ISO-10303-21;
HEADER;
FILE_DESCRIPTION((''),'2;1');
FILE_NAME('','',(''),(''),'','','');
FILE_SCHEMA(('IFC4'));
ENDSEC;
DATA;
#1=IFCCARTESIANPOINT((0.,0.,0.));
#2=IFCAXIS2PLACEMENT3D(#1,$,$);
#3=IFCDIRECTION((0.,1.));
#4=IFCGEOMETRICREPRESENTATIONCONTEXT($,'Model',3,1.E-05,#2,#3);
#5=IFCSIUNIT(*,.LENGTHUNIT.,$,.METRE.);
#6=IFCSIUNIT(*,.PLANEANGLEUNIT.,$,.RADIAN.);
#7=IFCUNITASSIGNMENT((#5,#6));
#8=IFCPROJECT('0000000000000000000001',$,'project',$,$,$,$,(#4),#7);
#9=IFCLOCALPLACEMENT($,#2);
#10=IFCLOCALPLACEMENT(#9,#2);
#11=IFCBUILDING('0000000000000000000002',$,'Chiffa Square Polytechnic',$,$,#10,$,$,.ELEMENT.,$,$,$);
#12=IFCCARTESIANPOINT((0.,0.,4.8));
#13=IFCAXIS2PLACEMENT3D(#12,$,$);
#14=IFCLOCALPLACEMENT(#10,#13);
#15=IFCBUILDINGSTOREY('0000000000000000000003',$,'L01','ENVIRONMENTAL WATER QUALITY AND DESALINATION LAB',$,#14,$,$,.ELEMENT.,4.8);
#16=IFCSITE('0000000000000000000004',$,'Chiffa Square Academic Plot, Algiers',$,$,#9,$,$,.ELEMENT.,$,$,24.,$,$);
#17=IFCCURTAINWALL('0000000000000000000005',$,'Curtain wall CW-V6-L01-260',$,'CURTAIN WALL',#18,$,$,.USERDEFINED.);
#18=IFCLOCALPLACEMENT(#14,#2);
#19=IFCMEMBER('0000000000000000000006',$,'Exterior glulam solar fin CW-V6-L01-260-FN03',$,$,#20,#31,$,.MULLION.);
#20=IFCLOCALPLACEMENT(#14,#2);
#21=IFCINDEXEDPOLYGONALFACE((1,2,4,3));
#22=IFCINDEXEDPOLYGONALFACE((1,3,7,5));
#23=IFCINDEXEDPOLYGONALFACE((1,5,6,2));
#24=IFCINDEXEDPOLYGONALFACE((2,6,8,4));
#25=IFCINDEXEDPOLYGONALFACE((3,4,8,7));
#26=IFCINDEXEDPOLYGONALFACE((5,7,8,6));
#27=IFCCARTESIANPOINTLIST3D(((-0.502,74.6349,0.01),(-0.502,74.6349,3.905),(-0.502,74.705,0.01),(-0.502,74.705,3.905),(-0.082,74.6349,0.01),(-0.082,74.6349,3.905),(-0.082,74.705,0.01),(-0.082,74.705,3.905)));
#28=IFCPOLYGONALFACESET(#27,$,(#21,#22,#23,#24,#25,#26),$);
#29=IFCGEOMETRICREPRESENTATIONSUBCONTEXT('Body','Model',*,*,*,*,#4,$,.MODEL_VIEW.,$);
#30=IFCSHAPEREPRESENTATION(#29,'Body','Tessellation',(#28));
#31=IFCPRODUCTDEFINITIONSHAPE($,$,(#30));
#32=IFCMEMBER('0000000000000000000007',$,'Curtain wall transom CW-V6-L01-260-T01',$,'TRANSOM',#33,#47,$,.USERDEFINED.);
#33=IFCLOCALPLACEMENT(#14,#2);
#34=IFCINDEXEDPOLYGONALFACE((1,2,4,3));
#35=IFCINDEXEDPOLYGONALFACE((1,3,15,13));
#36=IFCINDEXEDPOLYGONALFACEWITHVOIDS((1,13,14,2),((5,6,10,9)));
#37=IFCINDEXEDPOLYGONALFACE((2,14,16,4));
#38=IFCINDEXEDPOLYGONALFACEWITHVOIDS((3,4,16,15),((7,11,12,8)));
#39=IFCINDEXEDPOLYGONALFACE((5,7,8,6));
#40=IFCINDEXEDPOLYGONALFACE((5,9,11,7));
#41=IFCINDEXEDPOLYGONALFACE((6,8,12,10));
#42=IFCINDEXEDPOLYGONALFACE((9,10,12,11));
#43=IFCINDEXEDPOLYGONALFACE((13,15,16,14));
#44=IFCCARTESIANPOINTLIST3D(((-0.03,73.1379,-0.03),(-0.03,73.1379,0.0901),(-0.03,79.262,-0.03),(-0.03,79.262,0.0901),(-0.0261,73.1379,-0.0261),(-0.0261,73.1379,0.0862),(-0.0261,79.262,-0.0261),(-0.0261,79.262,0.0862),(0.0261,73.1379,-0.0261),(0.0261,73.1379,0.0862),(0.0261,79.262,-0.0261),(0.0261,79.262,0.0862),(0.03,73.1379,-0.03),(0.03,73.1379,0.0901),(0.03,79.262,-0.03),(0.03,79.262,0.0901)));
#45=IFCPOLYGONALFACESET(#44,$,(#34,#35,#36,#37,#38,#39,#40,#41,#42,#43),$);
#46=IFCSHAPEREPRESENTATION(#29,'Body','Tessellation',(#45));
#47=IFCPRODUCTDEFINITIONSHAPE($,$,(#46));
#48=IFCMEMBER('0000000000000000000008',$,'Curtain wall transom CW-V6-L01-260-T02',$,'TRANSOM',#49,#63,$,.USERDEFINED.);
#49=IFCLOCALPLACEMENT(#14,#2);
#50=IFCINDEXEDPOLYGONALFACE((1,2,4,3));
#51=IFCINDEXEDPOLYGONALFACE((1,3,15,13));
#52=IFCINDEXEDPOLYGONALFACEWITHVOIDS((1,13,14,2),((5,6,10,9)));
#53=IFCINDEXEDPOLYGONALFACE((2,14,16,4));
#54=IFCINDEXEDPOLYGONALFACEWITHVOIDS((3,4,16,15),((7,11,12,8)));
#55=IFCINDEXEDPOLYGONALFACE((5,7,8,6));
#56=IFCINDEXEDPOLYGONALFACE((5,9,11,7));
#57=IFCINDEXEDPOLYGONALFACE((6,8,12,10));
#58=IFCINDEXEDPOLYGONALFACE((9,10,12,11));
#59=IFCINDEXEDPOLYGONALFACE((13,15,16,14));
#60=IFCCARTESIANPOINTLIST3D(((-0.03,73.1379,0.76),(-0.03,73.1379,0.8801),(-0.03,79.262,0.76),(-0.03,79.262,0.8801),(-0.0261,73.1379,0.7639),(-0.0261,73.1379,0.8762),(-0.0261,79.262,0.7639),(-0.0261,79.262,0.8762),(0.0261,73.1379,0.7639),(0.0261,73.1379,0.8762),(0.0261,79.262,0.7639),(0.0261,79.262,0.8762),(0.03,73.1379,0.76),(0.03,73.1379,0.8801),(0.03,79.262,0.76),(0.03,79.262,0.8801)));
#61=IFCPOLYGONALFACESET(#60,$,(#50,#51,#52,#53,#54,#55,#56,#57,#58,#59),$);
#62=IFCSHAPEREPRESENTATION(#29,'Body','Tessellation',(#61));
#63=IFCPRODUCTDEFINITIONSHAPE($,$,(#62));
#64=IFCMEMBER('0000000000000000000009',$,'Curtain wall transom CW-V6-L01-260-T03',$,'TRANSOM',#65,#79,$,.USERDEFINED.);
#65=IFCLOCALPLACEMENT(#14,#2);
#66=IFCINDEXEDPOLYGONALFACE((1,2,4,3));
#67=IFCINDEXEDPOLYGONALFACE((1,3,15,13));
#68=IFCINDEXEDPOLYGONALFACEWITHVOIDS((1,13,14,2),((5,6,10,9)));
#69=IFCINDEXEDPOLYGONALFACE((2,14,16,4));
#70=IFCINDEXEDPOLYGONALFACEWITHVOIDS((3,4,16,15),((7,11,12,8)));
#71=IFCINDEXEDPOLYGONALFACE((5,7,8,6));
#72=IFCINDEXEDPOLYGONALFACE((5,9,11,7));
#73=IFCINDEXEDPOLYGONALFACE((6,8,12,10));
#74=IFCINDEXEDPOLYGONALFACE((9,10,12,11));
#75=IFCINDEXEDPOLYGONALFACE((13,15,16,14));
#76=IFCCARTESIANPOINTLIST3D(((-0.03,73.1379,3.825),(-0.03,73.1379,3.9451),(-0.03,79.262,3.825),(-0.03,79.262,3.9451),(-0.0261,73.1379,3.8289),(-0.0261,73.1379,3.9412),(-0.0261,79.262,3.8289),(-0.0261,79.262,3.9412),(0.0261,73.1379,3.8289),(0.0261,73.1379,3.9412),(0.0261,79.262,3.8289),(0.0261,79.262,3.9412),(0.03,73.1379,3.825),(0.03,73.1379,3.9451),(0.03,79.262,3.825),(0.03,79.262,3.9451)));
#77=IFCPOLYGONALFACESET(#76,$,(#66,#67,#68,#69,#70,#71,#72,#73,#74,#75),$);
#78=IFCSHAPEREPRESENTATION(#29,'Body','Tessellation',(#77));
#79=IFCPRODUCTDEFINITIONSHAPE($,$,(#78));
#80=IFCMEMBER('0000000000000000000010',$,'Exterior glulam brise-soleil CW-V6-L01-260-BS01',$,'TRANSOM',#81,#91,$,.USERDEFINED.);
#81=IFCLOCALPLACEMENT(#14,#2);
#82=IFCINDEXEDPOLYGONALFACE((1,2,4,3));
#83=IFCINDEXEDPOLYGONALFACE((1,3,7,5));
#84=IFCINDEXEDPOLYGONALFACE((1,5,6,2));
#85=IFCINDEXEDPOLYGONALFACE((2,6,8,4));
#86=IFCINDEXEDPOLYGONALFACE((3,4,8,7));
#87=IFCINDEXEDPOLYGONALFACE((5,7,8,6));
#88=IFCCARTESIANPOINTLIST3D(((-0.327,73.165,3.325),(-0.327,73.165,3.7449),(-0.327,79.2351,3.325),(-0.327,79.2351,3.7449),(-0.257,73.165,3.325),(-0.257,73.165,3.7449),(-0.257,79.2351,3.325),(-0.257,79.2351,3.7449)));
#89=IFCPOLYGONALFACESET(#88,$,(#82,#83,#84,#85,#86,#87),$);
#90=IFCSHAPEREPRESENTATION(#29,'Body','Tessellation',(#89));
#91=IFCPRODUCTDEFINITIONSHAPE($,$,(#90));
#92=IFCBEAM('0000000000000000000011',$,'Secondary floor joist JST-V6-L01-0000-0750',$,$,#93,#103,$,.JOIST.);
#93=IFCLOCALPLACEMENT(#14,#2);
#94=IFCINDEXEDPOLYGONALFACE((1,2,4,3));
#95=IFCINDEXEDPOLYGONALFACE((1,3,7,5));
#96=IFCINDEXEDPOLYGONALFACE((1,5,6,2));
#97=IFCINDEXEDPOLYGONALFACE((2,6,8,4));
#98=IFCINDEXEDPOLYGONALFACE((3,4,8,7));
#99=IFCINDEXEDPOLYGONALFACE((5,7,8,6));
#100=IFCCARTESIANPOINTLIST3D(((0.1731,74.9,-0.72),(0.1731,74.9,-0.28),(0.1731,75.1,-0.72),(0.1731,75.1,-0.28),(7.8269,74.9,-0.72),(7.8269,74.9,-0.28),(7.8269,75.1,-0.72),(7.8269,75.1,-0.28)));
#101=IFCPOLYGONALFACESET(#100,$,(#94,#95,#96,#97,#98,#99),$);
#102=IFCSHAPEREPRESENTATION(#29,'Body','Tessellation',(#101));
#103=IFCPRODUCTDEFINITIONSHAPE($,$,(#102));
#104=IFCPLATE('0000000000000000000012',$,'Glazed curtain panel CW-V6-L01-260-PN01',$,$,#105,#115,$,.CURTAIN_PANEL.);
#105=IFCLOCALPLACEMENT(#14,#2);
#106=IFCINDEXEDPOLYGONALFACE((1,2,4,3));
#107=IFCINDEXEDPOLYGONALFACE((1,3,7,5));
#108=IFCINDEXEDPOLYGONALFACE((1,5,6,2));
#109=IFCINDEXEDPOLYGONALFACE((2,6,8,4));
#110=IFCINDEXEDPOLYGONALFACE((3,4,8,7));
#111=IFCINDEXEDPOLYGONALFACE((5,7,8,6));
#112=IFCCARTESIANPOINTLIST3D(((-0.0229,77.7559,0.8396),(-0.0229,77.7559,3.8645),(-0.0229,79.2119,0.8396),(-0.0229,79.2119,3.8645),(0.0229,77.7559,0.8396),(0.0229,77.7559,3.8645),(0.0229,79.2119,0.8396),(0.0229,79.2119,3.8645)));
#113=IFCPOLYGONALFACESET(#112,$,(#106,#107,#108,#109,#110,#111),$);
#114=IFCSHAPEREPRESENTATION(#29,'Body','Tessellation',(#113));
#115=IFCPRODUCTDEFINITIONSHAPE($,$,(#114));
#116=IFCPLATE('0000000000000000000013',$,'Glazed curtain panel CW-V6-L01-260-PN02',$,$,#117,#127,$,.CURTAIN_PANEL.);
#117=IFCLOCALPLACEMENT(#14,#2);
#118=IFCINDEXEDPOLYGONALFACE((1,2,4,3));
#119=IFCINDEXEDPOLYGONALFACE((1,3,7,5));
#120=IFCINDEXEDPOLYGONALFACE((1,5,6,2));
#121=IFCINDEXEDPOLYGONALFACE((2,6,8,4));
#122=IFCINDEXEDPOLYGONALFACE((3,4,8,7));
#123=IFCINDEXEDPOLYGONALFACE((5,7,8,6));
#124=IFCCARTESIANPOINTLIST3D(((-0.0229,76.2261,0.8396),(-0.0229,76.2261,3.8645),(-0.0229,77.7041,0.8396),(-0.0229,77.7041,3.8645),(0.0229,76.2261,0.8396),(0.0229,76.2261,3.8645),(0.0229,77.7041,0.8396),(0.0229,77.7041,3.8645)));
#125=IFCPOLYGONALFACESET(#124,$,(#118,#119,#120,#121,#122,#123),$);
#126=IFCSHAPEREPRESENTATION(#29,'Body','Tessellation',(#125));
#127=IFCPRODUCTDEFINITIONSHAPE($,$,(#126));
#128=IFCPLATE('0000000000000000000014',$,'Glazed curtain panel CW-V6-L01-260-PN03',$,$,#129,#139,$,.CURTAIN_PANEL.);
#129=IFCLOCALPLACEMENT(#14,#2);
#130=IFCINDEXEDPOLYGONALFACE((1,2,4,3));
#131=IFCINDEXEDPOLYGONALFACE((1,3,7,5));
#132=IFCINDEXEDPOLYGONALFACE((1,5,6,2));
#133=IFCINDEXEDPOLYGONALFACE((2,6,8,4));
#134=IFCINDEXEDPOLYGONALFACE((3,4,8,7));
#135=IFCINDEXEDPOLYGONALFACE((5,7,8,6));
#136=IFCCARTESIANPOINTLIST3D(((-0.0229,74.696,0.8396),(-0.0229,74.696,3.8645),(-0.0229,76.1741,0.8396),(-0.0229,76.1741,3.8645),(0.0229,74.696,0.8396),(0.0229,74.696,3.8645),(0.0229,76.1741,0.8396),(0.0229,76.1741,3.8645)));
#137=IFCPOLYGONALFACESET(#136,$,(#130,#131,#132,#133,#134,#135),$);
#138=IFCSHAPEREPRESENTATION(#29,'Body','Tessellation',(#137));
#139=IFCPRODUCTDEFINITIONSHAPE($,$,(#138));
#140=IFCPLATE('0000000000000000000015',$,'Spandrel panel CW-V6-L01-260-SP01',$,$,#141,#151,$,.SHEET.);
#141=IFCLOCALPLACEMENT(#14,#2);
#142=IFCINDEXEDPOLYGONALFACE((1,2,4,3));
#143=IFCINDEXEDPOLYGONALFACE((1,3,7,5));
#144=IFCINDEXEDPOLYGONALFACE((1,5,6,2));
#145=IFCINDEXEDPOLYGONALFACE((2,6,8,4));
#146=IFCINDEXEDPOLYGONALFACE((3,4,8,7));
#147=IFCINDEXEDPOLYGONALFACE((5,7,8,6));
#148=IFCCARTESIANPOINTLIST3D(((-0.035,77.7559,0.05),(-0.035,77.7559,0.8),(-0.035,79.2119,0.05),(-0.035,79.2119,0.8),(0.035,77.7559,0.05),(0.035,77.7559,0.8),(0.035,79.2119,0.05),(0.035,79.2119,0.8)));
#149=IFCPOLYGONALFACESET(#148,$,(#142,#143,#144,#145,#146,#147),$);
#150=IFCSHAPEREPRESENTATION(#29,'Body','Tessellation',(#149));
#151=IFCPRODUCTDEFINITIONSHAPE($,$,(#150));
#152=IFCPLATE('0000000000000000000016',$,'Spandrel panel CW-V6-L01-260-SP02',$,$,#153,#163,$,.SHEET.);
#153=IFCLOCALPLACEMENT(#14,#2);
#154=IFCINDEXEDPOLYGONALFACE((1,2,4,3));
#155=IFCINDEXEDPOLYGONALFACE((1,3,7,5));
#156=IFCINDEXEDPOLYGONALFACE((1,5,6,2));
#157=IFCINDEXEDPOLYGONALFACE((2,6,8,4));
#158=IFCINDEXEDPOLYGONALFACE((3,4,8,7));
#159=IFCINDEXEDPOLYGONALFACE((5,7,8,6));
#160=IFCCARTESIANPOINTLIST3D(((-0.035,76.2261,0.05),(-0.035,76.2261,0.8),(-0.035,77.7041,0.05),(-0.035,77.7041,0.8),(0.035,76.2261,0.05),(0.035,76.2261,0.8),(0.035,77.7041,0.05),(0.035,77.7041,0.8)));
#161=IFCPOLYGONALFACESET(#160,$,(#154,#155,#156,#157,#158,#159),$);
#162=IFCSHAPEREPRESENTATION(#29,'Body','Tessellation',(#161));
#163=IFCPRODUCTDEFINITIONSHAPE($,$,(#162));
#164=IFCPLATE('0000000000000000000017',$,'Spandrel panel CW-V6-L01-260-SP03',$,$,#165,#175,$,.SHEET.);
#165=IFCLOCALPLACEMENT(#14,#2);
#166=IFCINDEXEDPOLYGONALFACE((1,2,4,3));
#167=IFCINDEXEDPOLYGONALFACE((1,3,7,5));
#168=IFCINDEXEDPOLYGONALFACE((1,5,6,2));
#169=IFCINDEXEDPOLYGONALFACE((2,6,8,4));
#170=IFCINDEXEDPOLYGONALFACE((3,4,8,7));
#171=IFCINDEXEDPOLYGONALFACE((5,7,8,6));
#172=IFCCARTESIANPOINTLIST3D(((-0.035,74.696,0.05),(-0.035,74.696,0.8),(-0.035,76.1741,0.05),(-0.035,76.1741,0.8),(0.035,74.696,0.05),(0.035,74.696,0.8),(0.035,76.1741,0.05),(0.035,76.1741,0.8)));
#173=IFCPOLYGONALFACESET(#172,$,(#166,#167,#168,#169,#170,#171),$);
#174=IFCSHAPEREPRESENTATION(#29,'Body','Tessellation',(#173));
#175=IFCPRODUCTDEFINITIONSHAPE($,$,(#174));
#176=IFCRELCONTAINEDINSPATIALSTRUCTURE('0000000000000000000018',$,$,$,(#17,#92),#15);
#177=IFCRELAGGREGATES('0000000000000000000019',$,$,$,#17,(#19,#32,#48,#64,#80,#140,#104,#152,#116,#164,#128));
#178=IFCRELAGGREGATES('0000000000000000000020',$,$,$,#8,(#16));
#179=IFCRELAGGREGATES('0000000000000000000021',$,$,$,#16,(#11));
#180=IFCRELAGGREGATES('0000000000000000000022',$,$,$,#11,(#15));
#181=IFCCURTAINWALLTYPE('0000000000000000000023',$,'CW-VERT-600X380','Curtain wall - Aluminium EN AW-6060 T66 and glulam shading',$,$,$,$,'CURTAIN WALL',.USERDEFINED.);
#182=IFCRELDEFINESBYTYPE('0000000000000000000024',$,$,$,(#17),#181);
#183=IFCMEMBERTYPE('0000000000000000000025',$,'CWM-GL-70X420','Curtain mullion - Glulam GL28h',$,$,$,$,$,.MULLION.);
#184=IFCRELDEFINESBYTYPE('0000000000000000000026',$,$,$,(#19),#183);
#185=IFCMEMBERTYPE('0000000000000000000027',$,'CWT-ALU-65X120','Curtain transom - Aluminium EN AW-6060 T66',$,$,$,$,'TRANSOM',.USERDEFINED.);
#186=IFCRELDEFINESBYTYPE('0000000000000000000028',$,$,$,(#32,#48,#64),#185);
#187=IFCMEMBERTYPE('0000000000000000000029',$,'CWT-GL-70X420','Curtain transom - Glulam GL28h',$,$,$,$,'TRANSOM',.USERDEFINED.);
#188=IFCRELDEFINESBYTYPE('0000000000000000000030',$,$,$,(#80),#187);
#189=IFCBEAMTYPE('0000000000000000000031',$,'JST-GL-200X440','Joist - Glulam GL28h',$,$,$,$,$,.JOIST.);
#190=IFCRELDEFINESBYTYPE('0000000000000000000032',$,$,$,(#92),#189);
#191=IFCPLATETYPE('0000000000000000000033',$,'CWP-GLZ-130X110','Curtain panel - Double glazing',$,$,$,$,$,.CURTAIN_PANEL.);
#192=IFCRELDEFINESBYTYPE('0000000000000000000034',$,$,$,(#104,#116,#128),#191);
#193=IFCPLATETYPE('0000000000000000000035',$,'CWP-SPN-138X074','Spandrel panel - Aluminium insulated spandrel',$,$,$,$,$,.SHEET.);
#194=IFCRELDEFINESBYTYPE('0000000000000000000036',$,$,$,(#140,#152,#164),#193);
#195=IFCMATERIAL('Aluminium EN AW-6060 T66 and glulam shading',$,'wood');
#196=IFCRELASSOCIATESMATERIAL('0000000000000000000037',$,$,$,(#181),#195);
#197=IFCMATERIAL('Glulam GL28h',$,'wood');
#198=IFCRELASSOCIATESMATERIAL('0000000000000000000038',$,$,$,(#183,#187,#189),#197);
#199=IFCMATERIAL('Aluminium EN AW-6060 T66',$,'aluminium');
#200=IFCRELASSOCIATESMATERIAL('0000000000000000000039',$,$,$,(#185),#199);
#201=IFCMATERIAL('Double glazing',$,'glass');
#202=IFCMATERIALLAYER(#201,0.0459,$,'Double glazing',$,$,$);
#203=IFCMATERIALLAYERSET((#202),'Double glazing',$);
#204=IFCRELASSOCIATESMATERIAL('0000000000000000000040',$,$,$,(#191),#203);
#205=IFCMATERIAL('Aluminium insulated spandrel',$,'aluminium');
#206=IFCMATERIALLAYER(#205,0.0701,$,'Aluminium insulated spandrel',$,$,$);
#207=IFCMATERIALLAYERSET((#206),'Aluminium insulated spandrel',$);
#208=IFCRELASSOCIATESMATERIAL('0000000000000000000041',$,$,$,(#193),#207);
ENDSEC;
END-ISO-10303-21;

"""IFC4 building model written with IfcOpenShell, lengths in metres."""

from ifc_helpers import new_model, si_unit, direction, frame, origin, origin_2d, place, context, subcontext, project, spatial, rectangle, hollow_rectangle, extrude, material, layer, layer_set, material_profile, profile_set, type_object, element, aggregate, save


model = new_model("IFC4")

# Units and contexts
model_context = context("Model", 3, precision=1e-05, world=origin(), true_north=direction((0.0, 1.0)))
body_context = subcontext(model_context, "Body", "Model", "MODEL_VIEW")
ifc_project = project(units=[si_unit("LENGTHUNIT", "METRE"), si_unit("PLANEANGLEUNIT", "RADIAN")], contexts=[model_context])

# Site, building, storey
site_placement = place(None, origin())
site = spatial("IfcSite", under=ifc_project, at=site_placement, Name="Chiffa Square Academic Plot, Algiers", CompositionType="ELEMENT", RefElevation=24.0)
building_placement = place(site_placement, origin())
building = spatial("IfcBuilding", under=site, at=building_placement, Name="Chiffa Square Polytechnic", CompositionType="ELEMENT")
storey_placement = place(building_placement, frame((0.0, 0.0, 4.8)))
storey = spatial("IfcBuildingStorey", under=building, at=storey_placement, Name="L01", Description="ENVIRONMENTAL WATER QUALITY AND DESALINATION LAB", CompositionType="ELEMENT", Elevation=4.8)

# Curtain wall, members
ifc_material_1 = material(Name="Aluminium EN AW-6060 T66 and glulam shading", Category="wood")
curtain_wall_type = type_object("IfcCurtainWallType", Name="CW-VERT-600X380", Description="Curtain wall - Aluminium EN AW-6060 T66 and glulam shading", ElementType="CURTAIN WALL", PredefinedType="USERDEFINED", material=ifc_material_1)
curtain_wall_placement = place(storey_placement, origin())
curtain_wall = element("IfcCurtainWall", 1, at=curtain_wall_placement, inside=storey, type_object=curtain_wall_type, Name="Curtain wall CW-V6-L01-260", ObjectType="CURTAIN WALL", PredefinedType="USERDEFINED")
ifc_material_2 = material(Name="Aluminium EN AW-6060 T66", Category="aluminium")
ifc_material_3 = material(Name="Glulam GL28h", Category="wood")
ifc_material_profile_1 = material_profile(ifc_material_3, rectangle(XDim=0.0701, YDim=0.4199, at=origin_2d()), Name="GL28h 70x420")
ifc_profile_set_1 = profile_set([ifc_material_profile_1], Name="Glulam GL28h")
member_type_1 = type_object("IfcMemberType", Name="CWM-GL-70X420", Description="Curtain mullion - Glulam GL28h", PredefinedType="MULLION", material=ifc_profile_set_1)
member_1_placement = place(storey_placement, frame((-0.292, 74.6699, 0.01), z_axis=(0.0, 0.0, 1.0), x_axis=(0.0, -1.0, 0.0)))
member_1 = element("IfcMember", 2, at=member_1_placement, type_object=member_type_1, Name="Exterior glulam solar fin CW-V6-L01-260-FN03", PredefinedType="MULLION", context=body_context, shape_type="SweptSolid", body=[
    extrude(rectangle(XDim=0.0701, YDim=0.4199, at=origin_2d()), origin(), (0.0, 0.0, 1.0), 3.895),
])
ifc_material_profile_2 = material_profile(ifc_material_2, hollow_rectangle(XDim=0.0601, YDim=0.1201, WallThickness=0.0039, at=origin_2d()), Name="ALU 60x120x4")
ifc_profile_set_2 = profile_set([ifc_material_profile_2], Name="Aluminium EN AW-6060 T66")
member_type_2 = type_object("IfcMemberType", Name="CWT-ALU-65X120", Description="Curtain transom - Aluminium EN AW-6060 T66", ElementType="TRANSOM", PredefinedType="USERDEFINED", material=ifc_profile_set_2)
member_2_placement = place(storey_placement, frame((0.0, 79.262, 0.03), z_axis=(0.0, -1.0, 0.0), x_axis=(1.0, 0.0, 0.0)))
member_2 = element("IfcMember", 3, at=member_2_placement, type_object=member_type_2, Name="Curtain wall transom CW-V6-L01-260-T01", ObjectType="TRANSOM", PredefinedType="USERDEFINED", context=body_context, shape_type="SweptSolid", body=[
    extrude(hollow_rectangle(XDim=0.0601, YDim=0.1201, WallThickness=0.0039, at=origin_2d()), origin(), (0.0, 0.0, 1.0), 6.124),
])
member_3_placement = place(storey_placement, frame((0.0, 79.262, 0.8201), z_axis=(0.0, -1.0, 0.0), x_axis=(1.0, 0.0, 0.0)))
member_3 = element("IfcMember", 4, at=member_3_placement, type_object=member_type_2, Name="Curtain wall transom CW-V6-L01-260-T02", ObjectType="TRANSOM", PredefinedType="USERDEFINED", context=body_context, shape_type="SweptSolid", body=[
    extrude(hollow_rectangle(XDim=0.0601, YDim=0.1201, WallThickness=0.0039, at=origin_2d()), origin(), (0.0, 0.0, 1.0), 6.124),
])
member_4_placement = place(storey_placement, frame((0.0, 79.262, 3.885), z_axis=(0.0, -1.0, 0.0), x_axis=(1.0, 0.0, 0.0)))
member_4 = element("IfcMember", 5, at=member_4_placement, type_object=member_type_2, Name="Curtain wall transom CW-V6-L01-260-T03", ObjectType="TRANSOM", PredefinedType="USERDEFINED", context=body_context, shape_type="SweptSolid", body=[
    extrude(hollow_rectangle(XDim=0.0601, YDim=0.1201, WallThickness=0.0039, at=origin_2d()), origin(), (0.0, 0.0, 1.0), 6.124),
])
ifc_material_profile_3 = material_profile(ifc_material_3, rectangle(XDim=0.0701, YDim=0.4199, at=origin_2d()), Name="GL28h 70x420")
ifc_profile_set_3 = profile_set([ifc_material_profile_3], Name="Glulam GL28h")
member_type_3 = type_object("IfcMemberType", Name="CWT-GL-70X420", Description="Curtain transom - Glulam GL28h", ElementType="TRANSOM", PredefinedType="USERDEFINED", material=ifc_profile_set_3)
member_5_placement = place(storey_placement, frame((-0.292, 79.2351, 3.5349), z_axis=(0.0, -1.0, 0.0), x_axis=(1.0, 0.0, 0.0)))
member_5 = element("IfcMember", 6, at=member_5_placement, type_object=member_type_3, Name="Exterior glulam brise-soleil CW-V6-L01-260-BS01", ObjectType="TRANSOM", PredefinedType="USERDEFINED", context=body_context, shape_type="SweptSolid", body=[
    extrude(rectangle(XDim=0.0701, YDim=0.4199, at=origin_2d()), origin(), (0.0, 0.0, 1.0), 6.0701),
])

# Beam
ifc_material_profile_4 = material_profile(ifc_material_3, rectangle(XDim=0.2, YDim=0.4399, at=origin_2d()), Name="GL28h 200x440")
ifc_profile_set_4 = profile_set([ifc_material_profile_4], Name="Glulam GL28h")
beam_type_1 = type_object("IfcBeamType", Name="JST-GL-200X440", Description="Joist - Glulam GL28h", PredefinedType="JOIST", material=ifc_profile_set_4)
beam_placement = place(storey_placement, frame((0.1731, 75.0, -0.5), z_axis=(1.0, 0.0, 0.0), x_axis=(0.0, 1.0, 0.0)))
element("IfcBeam", 7, at=beam_placement, inside=storey, type_object=beam_type_1, Name="Secondary floor joist JST-V6-L01-0000-0750", PredefinedType="JOIST", context=body_context, shape_type="SweptSolid", body=[
    extrude(rectangle(XDim=0.2, YDim=0.4399, at=origin_2d()), origin(), (0.0, 0.0, 1.0), 7.6538),
])

# Plates
ifc_material_4 = material(Name="Double glazing", Category="glass")
ifc_layer_1 = layer(ifc_material_4, 0.0459, Name="Double glazing")
ifc_layer_set_1 = layer_set([ifc_layer_1], Name="Double glazing")
plate_type_1 = type_object("IfcPlateType", Name="CWP-GLZ-130X110", Description="Curtain panel - Double glazing", PredefinedType="CURTAIN_PANEL", material=ifc_layer_set_1)
plate_1_placement = place(storey_placement, frame((0.0, 78.4839, 0.8396), z_axis=(0.0, 0.0, 1.0), x_axis=(0.0, -1.0, 0.0)))
plate_1 = element("IfcPlate", 8, at=plate_1_placement, type_object=plate_type_1, Name="Glazed curtain panel CW-V6-L01-260-PN01", PredefinedType="CURTAIN_PANEL", context=body_context, shape_type="SweptSolid", body=[
    extrude(rectangle(XDim=1.4561, YDim=0.0459, at=origin_2d()), origin(), (0.0, 0.0, 1.0), 3.0249),
])
plate_2_placement = place(storey_placement, frame((0.0, 76.9651, 0.8396), z_axis=(0.0, 0.0, 1.0), x_axis=(0.0, -1.0, 0.0)))
plate_2 = element("IfcPlate", 9, at=plate_2_placement, type_object=plate_type_1, Name="Glazed curtain panel CW-V6-L01-260-PN02", PredefinedType="CURTAIN_PANEL", context=body_context, shape_type="SweptSolid", body=[
    extrude(rectangle(XDim=1.478, YDim=0.0459, at=origin_2d()), origin(), (0.0, 0.0, 1.0), 3.0249),
])
plate_3_placement = place(storey_placement, frame((0.0, 75.4351, 0.8396), z_axis=(0.0, 0.0, 1.0), x_axis=(0.0, -1.0, 0.0)))
plate_3 = element("IfcPlate", 10, at=plate_3_placement, type_object=plate_type_1, Name="Glazed curtain panel CW-V6-L01-260-PN03", PredefinedType="CURTAIN_PANEL", context=body_context, shape_type="SweptSolid", body=[
    extrude(rectangle(XDim=1.478, YDim=0.0459, at=origin_2d()), origin(), (0.0, 0.0, 1.0), 3.0249),
])
ifc_material_5 = material(Name="Aluminium insulated spandrel", Category="aluminium")
ifc_layer_2 = layer(ifc_material_5, 0.0701, Name="Aluminium insulated spandrel")
ifc_layer_set_2 = layer_set([ifc_layer_2], Name="Aluminium insulated spandrel")
plate_type_2 = type_object("IfcPlateType", Name="CWP-SPN-138X074", Description="Spandrel panel - Aluminium insulated spandrel", PredefinedType="SHEET", material=ifc_layer_set_2)
plate_4_placement = place(storey_placement, frame((0.0, 78.4839, 0.05), z_axis=(0.0, 0.0, 1.0), x_axis=(0.0, -1.0, 0.0)))
plate_4 = element("IfcPlate", 11, at=plate_4_placement, type_object=plate_type_2, Name="Spandrel panel CW-V6-L01-260-SP01", PredefinedType="SHEET", context=body_context, shape_type="SweptSolid", body=[
    extrude(rectangle(XDim=1.4561, YDim=0.0701, at=origin_2d()), origin(), (0.0, 0.0, 1.0), 0.75),
])
plate_5_placement = place(storey_placement, frame((0.0, 76.9651, 0.05), z_axis=(0.0, 0.0, 1.0), x_axis=(0.0, -1.0, 0.0)))
plate_5 = element("IfcPlate", 12, at=plate_5_placement, type_object=plate_type_2, Name="Spandrel panel CW-V6-L01-260-SP02", PredefinedType="SHEET", context=body_context, shape_type="SweptSolid", body=[
    extrude(rectangle(XDim=1.478, YDim=0.0701, at=origin_2d()), origin(), (0.0, 0.0, 1.0), 0.75),
])
plate_6_placement = place(storey_placement, frame((0.0, 75.4351, 0.05), z_axis=(0.0, 0.0, 1.0), x_axis=(0.0, -1.0, 0.0)))
plate_6 = element("IfcPlate", 13, at=plate_6_placement, type_object=plate_type_2, Name="Spandrel panel CW-V6-L01-260-SP03", PredefinedType="SHEET", context=body_context, shape_type="SweptSolid", body=[
    extrude(rectangle(XDim=1.478, YDim=0.0701, at=origin_2d()), origin(), (0.0, 0.0, 1.0), 0.75),
])
aggregate(curtain_wall, [member_1, member_2, member_3, member_4, member_5, plate_4, plate_1, plate_5, plate_2, plate_6, plate_3])

save(model, "model.ifc")
